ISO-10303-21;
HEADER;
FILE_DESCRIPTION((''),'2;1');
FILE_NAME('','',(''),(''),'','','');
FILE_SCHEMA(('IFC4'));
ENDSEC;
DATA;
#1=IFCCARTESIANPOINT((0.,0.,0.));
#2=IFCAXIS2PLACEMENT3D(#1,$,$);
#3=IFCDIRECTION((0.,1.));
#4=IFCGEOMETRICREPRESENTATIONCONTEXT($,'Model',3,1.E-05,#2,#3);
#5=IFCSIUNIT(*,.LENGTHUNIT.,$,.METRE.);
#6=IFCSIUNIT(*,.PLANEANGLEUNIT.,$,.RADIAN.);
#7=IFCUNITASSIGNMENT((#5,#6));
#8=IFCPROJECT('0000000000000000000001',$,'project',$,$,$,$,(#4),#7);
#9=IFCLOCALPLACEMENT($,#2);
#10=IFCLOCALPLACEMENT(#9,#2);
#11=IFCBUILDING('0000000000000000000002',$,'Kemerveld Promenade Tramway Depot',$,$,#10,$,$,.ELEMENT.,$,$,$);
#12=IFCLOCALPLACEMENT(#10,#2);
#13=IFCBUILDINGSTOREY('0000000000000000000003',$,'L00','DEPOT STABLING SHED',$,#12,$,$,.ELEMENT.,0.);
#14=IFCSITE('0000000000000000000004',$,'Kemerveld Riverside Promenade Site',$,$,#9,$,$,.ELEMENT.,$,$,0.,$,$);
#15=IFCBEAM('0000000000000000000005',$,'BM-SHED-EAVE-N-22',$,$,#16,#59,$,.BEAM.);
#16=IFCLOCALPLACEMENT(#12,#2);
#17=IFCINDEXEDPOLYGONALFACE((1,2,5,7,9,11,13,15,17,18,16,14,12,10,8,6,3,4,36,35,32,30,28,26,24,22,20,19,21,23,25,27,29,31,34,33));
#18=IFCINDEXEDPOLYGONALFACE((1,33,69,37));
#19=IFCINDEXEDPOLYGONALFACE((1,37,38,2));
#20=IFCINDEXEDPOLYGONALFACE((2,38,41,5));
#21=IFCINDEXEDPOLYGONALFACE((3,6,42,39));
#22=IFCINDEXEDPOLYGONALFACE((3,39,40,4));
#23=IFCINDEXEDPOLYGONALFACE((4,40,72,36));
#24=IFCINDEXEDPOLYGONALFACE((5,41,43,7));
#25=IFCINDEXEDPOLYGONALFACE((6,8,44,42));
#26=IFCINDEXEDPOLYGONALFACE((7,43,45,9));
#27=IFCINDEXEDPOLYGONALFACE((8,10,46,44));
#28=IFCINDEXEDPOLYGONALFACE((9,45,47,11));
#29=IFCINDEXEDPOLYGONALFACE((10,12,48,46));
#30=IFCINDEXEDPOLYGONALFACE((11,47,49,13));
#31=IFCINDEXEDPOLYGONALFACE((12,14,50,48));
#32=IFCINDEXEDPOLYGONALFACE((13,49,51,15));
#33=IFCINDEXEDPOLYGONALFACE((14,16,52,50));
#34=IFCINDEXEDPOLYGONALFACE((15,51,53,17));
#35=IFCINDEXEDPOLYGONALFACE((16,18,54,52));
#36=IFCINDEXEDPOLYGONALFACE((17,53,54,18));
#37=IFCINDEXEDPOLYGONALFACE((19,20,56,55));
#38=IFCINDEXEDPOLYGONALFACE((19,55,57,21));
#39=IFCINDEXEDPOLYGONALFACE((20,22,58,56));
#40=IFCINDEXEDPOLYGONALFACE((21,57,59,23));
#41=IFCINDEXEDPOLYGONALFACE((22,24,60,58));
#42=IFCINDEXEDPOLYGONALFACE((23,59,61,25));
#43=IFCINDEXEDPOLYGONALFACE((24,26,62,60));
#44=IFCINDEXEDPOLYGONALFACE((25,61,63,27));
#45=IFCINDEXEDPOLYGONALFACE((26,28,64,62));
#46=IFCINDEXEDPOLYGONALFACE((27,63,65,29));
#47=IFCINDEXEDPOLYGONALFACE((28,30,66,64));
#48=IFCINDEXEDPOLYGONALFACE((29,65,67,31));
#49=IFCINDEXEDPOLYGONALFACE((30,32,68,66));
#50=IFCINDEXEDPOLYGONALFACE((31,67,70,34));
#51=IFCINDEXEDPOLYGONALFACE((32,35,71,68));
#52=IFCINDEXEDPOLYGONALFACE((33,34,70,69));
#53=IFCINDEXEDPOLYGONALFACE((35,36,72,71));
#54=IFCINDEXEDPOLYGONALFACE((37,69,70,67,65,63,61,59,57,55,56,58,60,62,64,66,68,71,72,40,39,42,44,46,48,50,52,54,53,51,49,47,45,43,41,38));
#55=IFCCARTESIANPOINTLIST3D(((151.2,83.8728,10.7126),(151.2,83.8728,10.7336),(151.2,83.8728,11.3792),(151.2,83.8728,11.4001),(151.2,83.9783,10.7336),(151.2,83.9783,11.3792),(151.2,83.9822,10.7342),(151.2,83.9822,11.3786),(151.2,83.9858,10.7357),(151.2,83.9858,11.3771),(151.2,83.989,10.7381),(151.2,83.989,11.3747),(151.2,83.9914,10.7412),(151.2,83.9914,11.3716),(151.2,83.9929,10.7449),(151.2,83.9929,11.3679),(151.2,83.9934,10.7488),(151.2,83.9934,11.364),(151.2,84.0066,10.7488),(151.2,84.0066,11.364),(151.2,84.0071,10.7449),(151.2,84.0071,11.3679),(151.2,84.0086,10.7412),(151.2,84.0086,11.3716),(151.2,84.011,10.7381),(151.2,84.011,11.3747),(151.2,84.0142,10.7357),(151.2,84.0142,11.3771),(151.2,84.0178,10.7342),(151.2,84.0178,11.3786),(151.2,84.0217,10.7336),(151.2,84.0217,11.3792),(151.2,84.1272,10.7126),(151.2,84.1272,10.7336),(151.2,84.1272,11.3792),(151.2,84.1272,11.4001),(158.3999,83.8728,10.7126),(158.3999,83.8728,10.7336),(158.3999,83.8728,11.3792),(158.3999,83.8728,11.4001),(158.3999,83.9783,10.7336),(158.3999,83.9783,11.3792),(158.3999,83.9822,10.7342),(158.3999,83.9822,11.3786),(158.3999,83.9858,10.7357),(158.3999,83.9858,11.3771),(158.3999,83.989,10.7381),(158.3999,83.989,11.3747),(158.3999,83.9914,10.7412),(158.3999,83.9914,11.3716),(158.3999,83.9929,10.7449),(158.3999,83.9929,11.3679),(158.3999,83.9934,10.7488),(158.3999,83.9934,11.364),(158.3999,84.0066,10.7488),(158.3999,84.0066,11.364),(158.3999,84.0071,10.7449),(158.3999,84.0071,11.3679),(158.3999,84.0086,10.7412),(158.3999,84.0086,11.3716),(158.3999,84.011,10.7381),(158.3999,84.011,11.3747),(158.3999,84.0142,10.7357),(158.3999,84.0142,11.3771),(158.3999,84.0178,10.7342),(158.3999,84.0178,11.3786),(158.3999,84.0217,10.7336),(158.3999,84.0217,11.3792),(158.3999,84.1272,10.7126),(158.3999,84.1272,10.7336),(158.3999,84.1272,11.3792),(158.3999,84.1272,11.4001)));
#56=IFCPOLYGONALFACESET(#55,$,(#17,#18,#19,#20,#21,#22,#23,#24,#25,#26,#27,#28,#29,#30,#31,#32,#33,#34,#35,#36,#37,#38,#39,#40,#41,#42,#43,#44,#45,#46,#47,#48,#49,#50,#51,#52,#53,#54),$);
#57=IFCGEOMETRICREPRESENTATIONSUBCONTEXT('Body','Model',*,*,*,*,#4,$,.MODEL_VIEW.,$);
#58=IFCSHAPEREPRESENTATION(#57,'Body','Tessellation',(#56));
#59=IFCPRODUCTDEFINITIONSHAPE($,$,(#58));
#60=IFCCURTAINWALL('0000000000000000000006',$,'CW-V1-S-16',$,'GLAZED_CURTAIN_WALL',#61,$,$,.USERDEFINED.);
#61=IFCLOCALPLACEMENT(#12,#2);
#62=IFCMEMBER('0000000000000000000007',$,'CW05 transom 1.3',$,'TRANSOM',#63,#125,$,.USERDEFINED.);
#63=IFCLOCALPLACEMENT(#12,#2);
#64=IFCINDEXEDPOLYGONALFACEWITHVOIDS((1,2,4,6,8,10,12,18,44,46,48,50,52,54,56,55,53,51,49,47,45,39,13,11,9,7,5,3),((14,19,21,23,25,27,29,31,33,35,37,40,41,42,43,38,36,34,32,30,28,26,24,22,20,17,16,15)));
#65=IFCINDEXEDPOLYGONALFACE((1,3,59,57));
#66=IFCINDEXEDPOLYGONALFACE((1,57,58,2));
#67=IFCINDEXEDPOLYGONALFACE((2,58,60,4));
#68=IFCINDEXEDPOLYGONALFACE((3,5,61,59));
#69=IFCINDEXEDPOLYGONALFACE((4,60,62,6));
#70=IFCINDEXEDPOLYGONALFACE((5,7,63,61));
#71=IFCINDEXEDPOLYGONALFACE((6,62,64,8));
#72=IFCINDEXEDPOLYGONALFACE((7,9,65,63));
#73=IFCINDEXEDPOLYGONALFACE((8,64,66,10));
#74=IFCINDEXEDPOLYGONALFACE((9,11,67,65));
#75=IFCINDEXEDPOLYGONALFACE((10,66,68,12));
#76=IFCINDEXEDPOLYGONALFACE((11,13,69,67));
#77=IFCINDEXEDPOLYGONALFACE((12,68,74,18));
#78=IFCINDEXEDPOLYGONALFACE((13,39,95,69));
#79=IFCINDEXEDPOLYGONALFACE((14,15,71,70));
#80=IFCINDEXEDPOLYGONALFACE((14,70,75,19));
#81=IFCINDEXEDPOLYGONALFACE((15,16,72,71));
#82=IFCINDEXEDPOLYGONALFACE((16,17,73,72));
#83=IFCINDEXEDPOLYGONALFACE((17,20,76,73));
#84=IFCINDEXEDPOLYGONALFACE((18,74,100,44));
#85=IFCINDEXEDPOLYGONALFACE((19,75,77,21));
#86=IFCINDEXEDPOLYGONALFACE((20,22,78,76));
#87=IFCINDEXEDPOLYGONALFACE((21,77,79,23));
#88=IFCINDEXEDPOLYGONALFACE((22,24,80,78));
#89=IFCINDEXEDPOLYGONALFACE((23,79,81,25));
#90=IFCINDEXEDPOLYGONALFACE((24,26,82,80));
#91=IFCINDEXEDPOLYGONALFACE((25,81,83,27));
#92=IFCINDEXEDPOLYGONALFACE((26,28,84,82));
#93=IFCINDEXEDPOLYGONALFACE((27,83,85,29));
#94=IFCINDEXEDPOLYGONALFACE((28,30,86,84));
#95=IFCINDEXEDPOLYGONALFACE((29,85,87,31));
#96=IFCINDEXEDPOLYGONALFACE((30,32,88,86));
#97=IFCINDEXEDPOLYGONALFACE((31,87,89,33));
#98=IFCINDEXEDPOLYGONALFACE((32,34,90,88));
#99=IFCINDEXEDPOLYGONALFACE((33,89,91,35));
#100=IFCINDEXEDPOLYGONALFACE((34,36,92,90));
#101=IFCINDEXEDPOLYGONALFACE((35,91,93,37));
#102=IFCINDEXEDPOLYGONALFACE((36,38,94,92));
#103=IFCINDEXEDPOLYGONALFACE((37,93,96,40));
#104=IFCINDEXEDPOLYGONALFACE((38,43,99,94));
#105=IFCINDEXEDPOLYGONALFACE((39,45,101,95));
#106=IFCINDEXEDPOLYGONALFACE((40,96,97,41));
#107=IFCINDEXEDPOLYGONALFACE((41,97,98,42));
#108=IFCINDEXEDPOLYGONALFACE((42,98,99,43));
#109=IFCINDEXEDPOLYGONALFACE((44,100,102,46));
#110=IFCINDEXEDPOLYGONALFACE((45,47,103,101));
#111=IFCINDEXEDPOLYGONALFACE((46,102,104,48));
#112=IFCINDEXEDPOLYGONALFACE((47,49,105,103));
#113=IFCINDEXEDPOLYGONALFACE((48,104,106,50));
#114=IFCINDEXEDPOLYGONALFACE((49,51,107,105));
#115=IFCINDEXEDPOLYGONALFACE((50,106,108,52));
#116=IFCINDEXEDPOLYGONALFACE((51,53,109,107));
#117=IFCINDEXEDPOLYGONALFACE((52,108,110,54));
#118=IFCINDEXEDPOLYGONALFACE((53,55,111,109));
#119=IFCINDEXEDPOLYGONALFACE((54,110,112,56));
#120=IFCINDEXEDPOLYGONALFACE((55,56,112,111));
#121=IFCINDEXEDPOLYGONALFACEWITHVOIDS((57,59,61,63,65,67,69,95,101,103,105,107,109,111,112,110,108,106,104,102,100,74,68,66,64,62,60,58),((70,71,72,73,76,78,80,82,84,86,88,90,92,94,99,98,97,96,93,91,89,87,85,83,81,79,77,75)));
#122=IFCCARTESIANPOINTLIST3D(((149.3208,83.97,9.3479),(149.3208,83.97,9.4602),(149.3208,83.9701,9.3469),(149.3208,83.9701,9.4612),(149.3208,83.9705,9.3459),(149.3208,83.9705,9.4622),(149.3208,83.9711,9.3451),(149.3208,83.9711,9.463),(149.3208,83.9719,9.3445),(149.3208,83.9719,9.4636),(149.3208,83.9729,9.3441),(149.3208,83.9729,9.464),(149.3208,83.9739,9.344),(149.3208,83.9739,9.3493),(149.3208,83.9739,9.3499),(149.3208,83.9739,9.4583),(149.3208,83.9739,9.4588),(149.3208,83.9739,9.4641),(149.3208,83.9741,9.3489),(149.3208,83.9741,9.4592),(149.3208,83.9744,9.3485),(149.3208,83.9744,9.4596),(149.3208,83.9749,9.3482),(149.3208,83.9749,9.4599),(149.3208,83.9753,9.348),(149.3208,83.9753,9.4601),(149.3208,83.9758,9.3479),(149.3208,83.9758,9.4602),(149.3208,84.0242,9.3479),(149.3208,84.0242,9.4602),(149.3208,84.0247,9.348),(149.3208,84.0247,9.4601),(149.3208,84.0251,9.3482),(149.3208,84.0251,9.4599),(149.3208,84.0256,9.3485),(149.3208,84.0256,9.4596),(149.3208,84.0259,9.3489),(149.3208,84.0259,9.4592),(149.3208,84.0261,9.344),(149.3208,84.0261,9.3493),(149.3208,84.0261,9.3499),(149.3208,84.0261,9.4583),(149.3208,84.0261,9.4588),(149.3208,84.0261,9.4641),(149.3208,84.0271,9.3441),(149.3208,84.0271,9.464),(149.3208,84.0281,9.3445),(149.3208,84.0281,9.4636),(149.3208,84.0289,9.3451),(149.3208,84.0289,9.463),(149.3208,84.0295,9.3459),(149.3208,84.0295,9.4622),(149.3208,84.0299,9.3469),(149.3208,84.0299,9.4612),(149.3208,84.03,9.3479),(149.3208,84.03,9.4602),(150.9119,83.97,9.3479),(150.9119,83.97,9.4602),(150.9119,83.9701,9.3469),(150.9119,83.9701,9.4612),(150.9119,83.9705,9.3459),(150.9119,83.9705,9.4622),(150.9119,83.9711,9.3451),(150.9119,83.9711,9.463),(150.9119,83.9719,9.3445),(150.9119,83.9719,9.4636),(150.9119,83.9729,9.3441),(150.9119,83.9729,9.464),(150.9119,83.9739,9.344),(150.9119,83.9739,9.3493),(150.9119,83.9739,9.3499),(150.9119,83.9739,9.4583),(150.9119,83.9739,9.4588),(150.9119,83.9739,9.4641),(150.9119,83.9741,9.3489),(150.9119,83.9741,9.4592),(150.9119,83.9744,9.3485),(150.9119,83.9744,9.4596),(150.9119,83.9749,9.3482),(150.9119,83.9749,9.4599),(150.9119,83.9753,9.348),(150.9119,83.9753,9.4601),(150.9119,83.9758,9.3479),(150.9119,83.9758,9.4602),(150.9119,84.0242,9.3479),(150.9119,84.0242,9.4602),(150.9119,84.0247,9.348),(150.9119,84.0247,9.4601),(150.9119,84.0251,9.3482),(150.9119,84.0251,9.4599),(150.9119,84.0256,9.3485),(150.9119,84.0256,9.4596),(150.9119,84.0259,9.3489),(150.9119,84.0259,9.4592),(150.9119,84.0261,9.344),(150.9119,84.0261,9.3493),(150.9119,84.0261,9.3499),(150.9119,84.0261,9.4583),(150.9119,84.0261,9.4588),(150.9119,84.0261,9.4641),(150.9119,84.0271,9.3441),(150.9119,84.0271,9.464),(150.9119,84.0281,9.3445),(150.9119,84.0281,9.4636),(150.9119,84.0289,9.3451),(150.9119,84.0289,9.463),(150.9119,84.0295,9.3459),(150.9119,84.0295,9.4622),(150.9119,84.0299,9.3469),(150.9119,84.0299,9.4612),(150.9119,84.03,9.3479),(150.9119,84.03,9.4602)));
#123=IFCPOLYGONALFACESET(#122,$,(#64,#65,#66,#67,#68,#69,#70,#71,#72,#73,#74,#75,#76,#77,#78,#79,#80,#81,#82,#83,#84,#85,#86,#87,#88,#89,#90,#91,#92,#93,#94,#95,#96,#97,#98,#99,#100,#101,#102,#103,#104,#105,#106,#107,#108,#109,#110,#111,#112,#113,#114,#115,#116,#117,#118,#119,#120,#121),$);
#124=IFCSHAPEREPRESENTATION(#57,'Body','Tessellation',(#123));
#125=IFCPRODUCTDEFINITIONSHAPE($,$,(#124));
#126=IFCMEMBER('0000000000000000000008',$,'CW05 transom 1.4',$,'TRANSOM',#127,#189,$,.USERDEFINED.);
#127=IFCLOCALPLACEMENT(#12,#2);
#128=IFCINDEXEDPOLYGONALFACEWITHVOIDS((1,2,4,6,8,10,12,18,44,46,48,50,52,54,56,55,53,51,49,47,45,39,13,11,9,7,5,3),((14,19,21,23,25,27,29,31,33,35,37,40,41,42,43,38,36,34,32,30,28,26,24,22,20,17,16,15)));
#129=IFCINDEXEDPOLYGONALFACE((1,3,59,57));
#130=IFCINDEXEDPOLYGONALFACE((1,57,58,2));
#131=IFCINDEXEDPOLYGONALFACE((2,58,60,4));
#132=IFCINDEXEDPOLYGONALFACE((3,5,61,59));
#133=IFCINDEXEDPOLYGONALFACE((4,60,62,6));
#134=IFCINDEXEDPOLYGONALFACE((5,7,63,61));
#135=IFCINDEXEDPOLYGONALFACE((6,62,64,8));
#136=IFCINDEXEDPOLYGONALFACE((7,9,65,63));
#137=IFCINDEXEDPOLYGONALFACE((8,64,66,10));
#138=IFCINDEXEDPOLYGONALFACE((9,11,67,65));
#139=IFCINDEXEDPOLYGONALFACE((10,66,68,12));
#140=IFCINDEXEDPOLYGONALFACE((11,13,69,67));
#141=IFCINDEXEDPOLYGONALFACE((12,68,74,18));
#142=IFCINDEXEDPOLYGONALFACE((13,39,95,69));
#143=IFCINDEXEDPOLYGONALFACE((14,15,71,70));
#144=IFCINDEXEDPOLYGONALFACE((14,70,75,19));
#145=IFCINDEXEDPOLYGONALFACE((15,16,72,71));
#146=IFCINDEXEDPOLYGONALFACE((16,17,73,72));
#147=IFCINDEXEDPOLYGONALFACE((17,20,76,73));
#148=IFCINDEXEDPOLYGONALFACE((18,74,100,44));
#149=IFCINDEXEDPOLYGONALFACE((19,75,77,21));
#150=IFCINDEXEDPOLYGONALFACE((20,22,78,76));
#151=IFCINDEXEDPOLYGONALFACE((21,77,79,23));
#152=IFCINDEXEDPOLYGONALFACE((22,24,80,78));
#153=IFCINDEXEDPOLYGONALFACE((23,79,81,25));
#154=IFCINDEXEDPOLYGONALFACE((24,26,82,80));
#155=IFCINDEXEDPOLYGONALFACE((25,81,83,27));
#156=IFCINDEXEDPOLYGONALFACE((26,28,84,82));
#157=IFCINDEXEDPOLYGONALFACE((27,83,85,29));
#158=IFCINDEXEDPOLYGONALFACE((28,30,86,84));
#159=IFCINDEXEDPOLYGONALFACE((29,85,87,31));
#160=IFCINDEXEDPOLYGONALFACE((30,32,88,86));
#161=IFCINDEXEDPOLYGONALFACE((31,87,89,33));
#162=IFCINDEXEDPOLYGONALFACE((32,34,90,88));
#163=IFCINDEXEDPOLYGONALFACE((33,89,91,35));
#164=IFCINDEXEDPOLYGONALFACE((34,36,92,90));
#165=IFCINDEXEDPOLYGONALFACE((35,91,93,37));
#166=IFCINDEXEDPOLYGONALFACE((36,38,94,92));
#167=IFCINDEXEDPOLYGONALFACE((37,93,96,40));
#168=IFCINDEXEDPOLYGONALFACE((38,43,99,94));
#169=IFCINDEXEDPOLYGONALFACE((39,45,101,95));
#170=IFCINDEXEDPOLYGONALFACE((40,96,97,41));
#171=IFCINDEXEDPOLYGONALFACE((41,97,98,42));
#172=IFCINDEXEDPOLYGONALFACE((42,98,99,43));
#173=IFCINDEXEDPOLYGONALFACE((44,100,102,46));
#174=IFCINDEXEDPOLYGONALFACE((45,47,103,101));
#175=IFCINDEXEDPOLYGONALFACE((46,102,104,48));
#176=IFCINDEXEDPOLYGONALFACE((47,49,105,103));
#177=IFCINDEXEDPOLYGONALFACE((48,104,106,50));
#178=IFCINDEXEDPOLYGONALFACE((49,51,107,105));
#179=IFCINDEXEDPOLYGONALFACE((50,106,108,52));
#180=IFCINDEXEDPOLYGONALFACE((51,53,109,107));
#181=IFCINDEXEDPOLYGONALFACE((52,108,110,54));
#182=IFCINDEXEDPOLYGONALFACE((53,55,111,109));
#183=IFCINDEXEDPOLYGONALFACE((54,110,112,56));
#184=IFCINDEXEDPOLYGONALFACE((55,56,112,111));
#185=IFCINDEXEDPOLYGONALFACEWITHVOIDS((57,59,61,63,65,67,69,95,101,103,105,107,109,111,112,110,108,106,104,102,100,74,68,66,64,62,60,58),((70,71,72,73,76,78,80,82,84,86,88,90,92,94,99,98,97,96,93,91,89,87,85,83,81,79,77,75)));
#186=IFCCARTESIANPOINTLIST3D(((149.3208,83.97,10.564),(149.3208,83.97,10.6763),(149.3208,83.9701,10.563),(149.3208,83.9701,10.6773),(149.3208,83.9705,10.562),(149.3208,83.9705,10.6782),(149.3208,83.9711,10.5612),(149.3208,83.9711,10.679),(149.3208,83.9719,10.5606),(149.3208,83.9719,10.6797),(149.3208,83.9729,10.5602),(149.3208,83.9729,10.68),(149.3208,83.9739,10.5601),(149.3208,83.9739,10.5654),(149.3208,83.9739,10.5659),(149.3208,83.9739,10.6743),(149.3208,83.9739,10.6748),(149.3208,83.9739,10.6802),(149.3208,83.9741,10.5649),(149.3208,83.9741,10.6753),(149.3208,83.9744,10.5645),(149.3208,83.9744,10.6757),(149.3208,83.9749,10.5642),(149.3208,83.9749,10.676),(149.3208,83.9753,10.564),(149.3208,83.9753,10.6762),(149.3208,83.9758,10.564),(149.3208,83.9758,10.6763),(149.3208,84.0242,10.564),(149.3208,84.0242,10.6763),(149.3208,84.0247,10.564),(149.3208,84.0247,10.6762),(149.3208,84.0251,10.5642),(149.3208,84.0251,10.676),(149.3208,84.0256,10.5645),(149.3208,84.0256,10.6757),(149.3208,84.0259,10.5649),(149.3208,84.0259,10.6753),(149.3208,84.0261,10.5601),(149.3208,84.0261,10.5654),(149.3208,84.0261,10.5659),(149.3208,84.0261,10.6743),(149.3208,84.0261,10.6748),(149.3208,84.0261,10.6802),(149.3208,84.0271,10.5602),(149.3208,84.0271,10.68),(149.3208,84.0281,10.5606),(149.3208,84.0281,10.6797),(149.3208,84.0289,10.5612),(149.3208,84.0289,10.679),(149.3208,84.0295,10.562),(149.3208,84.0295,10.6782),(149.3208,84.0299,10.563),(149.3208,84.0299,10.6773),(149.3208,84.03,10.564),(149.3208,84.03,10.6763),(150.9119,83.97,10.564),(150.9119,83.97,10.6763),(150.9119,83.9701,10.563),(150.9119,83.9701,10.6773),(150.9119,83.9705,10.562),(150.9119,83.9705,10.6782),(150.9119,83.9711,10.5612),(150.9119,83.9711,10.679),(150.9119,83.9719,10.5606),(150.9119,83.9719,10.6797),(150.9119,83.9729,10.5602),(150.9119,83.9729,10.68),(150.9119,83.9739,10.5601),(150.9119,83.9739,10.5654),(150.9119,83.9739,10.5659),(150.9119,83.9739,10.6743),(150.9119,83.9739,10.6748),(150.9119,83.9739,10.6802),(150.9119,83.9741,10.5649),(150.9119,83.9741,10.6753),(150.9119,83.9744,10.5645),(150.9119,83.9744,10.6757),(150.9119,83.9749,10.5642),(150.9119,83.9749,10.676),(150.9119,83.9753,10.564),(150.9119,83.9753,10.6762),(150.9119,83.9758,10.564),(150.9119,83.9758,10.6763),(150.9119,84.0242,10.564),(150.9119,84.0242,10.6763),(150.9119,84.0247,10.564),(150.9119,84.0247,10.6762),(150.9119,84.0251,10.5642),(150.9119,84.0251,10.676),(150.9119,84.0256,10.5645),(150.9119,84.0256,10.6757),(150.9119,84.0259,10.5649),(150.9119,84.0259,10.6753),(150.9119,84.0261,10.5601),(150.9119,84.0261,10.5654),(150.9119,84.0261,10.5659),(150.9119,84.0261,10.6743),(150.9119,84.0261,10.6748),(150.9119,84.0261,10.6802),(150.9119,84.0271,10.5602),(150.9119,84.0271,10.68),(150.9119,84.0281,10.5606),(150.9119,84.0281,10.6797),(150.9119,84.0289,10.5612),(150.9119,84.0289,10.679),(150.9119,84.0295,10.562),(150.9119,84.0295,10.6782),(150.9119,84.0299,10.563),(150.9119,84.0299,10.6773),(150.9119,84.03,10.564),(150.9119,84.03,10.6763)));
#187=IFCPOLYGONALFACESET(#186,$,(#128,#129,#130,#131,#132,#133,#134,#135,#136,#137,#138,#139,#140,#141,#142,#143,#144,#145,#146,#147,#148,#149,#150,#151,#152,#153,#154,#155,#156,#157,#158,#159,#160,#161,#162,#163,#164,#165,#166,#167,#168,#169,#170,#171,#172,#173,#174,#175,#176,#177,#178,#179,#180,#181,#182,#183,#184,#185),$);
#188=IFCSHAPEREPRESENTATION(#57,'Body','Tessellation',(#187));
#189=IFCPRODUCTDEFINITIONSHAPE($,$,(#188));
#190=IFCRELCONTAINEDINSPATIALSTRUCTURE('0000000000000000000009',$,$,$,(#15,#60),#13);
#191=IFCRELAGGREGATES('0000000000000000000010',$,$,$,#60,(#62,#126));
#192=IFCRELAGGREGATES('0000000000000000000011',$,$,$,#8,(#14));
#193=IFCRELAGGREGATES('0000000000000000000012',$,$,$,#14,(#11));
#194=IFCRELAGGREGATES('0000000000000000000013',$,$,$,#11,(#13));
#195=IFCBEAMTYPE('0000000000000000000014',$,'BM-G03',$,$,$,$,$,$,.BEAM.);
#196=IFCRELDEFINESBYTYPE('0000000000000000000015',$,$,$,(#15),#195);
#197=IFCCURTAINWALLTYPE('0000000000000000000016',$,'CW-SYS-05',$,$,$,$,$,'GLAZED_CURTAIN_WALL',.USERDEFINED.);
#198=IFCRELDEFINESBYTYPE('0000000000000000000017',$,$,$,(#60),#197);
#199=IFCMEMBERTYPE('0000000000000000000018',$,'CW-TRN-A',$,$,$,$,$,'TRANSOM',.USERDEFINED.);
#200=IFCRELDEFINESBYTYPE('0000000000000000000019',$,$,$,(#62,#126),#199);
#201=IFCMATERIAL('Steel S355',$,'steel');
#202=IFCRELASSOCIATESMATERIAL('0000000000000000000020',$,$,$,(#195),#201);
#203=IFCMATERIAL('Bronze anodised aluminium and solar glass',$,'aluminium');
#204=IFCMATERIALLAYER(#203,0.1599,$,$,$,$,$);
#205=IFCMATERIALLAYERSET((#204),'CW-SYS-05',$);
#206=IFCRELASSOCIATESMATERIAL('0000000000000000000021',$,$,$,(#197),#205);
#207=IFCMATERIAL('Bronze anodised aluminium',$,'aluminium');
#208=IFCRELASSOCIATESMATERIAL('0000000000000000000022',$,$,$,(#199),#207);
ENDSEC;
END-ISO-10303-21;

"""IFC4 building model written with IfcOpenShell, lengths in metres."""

from ifc_helpers import new_model, si_unit, direction, frame, origin, origin_2d, place, context, subcontext, project, spatial, hollow_rectangle, i_section, extrude, material, layer, layer_set, material_profile, profile_set, type_object, element, aggregate, save


model = new_model("IFC4")

# Units and contexts
model_context = context("Model", 3, precision=1e-05, world=origin(), true_north=direction((0.0, 1.0)))
body_context = subcontext(model_context, "Body", "Model", "MODEL_VIEW")
ifc_project = project(units=[si_unit("LENGTHUNIT", "METRE"), si_unit("PLANEANGLEUNIT", "RADIAN")], contexts=[model_context])

# Site, building, storey
site_placement = place(None, origin())
site = spatial("IfcSite", under=ifc_project, at=site_placement, Name="Kemerveld Riverside Promenade Site", CompositionType="ELEMENT", RefElevation=0.0)
building_placement = place(site_placement, origin())
building = spatial("IfcBuilding", under=site, at=building_placement, Name="Kemerveld Promenade Tramway Depot", CompositionType="ELEMENT")
storey_placement = place(building_placement, origin())
storey = spatial("IfcBuildingStorey", under=building, at=storey_placement, Name="L00", Description="DEPOT STABLING SHED", CompositionType="ELEMENT", Elevation=0.0)

# Beam
ifc_material_1 = material(Name="Steel S355", Category="steel")
ifc_material_profile_1 = material_profile(ifc_material_1, i_section(OverallWidth=0.2544, OverallDepth=0.6875, WebThickness=0.0132, FlangeThickness=0.021, FilletRadius=0.0151, at=origin_2d()), Name="686x254x152 UB")
ifc_profile_set_1 = profile_set([ifc_material_profile_1], Name="Steel S355")
beam_type = type_object("IfcBeamType", Name="BM-G03", PredefinedType="BEAM", material=ifc_profile_set_1)
beam_placement = place(storey_placement, frame((151.2, 84.0, 11.0564), z_axis=(1.0, 0.0, 0.0), x_axis=(0.0, 1.0, 0.0)))
element("IfcBeam", 1, at=beam_placement, inside=storey, type_object=beam_type, Name="BM-SHED-EAVE-N-22", PredefinedType="BEAM", context=body_context, shape_type="SweptSolid", body=[
    extrude(i_section(OverallWidth=0.2544, OverallDepth=0.6875, WebThickness=0.0132, FlangeThickness=0.021, FilletRadius=0.0151, at=origin_2d()), origin(), (0.0, 0.0, 1.0), 7.2),
])

# Curtain wall, members
ifc_material_2 = material(Name="Bronze anodised aluminium and solar glass", Category="aluminium")
ifc_layer_1 = layer(ifc_material_2, 0.1599)
ifc_layer_set_1 = layer_set([ifc_layer_1], Name="CW-SYS-05")
curtain_wall_type_1 = type_object("IfcCurtainWallType", Name="CW-SYS-05", ElementType="GLAZED_CURTAIN_WALL", PredefinedType="USERDEFINED", material=ifc_layer_set_1)
curtain_wall_1_placement = place(storey_placement, origin())
curtain_wall_1 = element("IfcCurtainWall", 2, at=curtain_wall_1_placement, inside=storey, type_object=curtain_wall_type_1, Name="CW-V1-S-16", ObjectType="GLAZED_CURTAIN_WALL", PredefinedType="USERDEFINED")
ifc_material_3 = material(Name="Bronze anodised aluminium", Category="aluminium")
ifc_material_profile_2 = material_profile(ifc_material_3, hollow_rectangle(XDim=0.0601, YDim=0.1201, WallThickness=0.0039, InnerFilletRadius=0.002, OuterFilletRadius=0.0039, at=origin_2d()), Name="CW-TRN-120x60")
ifc_profile_set_2 = profile_set([ifc_material_profile_2], Name="Bronze anodised aluminium")
member_type_1 = type_object("IfcMemberType", Name="CW-TRN-A", ElementType="TRANSOM", PredefinedType="USERDEFINED", material=ifc_profile_set_2)
member_1_placement = place(storey_placement, frame((150.9119, 84.0, 9.4041), z_axis=(-1.0, 0.0, 0.0), x_axis=(0.0, -1.0, 0.0)))
member_1 = element("IfcMember", 3, at=member_1_placement, type_object=member_type_1, Name="CW05 transom 1.3", ObjectType="TRANSOM", PredefinedType="USERDEFINED", context=body_context, shape_type="SweptSolid", body=[
    extrude(hollow_rectangle(XDim=0.0601, YDim=0.1201, WallThickness=0.0039, InnerFilletRadius=0.002, OuterFilletRadius=0.0039, at=origin_2d()), origin(), (0.0, 0.0, 1.0), 1.5911),
])
member_2_placement = place(storey_placement, frame((150.9119, 84.0, 10.6201), z_axis=(-1.0, 0.0, 0.0), x_axis=(0.0, -1.0, 0.0)))
member_2 = element("IfcMember", 4, at=member_2_placement, type_object=member_type_1, Name="CW05 transom 1.4", ObjectType="TRANSOM", PredefinedType="USERDEFINED", context=body_context, shape_type="SweptSolid", body=[
    extrude(hollow_rectangle(XDim=0.0601, YDim=0.1201, WallThickness=0.0039, InnerFilletRadius=0.002, OuterFilletRadius=0.0039, at=origin_2d()), origin(), (0.0, 0.0, 1.0), 1.5911),
])

aggregate(curtain_wall_1, [member_1, member_2])

save(model, "model.ifc")
